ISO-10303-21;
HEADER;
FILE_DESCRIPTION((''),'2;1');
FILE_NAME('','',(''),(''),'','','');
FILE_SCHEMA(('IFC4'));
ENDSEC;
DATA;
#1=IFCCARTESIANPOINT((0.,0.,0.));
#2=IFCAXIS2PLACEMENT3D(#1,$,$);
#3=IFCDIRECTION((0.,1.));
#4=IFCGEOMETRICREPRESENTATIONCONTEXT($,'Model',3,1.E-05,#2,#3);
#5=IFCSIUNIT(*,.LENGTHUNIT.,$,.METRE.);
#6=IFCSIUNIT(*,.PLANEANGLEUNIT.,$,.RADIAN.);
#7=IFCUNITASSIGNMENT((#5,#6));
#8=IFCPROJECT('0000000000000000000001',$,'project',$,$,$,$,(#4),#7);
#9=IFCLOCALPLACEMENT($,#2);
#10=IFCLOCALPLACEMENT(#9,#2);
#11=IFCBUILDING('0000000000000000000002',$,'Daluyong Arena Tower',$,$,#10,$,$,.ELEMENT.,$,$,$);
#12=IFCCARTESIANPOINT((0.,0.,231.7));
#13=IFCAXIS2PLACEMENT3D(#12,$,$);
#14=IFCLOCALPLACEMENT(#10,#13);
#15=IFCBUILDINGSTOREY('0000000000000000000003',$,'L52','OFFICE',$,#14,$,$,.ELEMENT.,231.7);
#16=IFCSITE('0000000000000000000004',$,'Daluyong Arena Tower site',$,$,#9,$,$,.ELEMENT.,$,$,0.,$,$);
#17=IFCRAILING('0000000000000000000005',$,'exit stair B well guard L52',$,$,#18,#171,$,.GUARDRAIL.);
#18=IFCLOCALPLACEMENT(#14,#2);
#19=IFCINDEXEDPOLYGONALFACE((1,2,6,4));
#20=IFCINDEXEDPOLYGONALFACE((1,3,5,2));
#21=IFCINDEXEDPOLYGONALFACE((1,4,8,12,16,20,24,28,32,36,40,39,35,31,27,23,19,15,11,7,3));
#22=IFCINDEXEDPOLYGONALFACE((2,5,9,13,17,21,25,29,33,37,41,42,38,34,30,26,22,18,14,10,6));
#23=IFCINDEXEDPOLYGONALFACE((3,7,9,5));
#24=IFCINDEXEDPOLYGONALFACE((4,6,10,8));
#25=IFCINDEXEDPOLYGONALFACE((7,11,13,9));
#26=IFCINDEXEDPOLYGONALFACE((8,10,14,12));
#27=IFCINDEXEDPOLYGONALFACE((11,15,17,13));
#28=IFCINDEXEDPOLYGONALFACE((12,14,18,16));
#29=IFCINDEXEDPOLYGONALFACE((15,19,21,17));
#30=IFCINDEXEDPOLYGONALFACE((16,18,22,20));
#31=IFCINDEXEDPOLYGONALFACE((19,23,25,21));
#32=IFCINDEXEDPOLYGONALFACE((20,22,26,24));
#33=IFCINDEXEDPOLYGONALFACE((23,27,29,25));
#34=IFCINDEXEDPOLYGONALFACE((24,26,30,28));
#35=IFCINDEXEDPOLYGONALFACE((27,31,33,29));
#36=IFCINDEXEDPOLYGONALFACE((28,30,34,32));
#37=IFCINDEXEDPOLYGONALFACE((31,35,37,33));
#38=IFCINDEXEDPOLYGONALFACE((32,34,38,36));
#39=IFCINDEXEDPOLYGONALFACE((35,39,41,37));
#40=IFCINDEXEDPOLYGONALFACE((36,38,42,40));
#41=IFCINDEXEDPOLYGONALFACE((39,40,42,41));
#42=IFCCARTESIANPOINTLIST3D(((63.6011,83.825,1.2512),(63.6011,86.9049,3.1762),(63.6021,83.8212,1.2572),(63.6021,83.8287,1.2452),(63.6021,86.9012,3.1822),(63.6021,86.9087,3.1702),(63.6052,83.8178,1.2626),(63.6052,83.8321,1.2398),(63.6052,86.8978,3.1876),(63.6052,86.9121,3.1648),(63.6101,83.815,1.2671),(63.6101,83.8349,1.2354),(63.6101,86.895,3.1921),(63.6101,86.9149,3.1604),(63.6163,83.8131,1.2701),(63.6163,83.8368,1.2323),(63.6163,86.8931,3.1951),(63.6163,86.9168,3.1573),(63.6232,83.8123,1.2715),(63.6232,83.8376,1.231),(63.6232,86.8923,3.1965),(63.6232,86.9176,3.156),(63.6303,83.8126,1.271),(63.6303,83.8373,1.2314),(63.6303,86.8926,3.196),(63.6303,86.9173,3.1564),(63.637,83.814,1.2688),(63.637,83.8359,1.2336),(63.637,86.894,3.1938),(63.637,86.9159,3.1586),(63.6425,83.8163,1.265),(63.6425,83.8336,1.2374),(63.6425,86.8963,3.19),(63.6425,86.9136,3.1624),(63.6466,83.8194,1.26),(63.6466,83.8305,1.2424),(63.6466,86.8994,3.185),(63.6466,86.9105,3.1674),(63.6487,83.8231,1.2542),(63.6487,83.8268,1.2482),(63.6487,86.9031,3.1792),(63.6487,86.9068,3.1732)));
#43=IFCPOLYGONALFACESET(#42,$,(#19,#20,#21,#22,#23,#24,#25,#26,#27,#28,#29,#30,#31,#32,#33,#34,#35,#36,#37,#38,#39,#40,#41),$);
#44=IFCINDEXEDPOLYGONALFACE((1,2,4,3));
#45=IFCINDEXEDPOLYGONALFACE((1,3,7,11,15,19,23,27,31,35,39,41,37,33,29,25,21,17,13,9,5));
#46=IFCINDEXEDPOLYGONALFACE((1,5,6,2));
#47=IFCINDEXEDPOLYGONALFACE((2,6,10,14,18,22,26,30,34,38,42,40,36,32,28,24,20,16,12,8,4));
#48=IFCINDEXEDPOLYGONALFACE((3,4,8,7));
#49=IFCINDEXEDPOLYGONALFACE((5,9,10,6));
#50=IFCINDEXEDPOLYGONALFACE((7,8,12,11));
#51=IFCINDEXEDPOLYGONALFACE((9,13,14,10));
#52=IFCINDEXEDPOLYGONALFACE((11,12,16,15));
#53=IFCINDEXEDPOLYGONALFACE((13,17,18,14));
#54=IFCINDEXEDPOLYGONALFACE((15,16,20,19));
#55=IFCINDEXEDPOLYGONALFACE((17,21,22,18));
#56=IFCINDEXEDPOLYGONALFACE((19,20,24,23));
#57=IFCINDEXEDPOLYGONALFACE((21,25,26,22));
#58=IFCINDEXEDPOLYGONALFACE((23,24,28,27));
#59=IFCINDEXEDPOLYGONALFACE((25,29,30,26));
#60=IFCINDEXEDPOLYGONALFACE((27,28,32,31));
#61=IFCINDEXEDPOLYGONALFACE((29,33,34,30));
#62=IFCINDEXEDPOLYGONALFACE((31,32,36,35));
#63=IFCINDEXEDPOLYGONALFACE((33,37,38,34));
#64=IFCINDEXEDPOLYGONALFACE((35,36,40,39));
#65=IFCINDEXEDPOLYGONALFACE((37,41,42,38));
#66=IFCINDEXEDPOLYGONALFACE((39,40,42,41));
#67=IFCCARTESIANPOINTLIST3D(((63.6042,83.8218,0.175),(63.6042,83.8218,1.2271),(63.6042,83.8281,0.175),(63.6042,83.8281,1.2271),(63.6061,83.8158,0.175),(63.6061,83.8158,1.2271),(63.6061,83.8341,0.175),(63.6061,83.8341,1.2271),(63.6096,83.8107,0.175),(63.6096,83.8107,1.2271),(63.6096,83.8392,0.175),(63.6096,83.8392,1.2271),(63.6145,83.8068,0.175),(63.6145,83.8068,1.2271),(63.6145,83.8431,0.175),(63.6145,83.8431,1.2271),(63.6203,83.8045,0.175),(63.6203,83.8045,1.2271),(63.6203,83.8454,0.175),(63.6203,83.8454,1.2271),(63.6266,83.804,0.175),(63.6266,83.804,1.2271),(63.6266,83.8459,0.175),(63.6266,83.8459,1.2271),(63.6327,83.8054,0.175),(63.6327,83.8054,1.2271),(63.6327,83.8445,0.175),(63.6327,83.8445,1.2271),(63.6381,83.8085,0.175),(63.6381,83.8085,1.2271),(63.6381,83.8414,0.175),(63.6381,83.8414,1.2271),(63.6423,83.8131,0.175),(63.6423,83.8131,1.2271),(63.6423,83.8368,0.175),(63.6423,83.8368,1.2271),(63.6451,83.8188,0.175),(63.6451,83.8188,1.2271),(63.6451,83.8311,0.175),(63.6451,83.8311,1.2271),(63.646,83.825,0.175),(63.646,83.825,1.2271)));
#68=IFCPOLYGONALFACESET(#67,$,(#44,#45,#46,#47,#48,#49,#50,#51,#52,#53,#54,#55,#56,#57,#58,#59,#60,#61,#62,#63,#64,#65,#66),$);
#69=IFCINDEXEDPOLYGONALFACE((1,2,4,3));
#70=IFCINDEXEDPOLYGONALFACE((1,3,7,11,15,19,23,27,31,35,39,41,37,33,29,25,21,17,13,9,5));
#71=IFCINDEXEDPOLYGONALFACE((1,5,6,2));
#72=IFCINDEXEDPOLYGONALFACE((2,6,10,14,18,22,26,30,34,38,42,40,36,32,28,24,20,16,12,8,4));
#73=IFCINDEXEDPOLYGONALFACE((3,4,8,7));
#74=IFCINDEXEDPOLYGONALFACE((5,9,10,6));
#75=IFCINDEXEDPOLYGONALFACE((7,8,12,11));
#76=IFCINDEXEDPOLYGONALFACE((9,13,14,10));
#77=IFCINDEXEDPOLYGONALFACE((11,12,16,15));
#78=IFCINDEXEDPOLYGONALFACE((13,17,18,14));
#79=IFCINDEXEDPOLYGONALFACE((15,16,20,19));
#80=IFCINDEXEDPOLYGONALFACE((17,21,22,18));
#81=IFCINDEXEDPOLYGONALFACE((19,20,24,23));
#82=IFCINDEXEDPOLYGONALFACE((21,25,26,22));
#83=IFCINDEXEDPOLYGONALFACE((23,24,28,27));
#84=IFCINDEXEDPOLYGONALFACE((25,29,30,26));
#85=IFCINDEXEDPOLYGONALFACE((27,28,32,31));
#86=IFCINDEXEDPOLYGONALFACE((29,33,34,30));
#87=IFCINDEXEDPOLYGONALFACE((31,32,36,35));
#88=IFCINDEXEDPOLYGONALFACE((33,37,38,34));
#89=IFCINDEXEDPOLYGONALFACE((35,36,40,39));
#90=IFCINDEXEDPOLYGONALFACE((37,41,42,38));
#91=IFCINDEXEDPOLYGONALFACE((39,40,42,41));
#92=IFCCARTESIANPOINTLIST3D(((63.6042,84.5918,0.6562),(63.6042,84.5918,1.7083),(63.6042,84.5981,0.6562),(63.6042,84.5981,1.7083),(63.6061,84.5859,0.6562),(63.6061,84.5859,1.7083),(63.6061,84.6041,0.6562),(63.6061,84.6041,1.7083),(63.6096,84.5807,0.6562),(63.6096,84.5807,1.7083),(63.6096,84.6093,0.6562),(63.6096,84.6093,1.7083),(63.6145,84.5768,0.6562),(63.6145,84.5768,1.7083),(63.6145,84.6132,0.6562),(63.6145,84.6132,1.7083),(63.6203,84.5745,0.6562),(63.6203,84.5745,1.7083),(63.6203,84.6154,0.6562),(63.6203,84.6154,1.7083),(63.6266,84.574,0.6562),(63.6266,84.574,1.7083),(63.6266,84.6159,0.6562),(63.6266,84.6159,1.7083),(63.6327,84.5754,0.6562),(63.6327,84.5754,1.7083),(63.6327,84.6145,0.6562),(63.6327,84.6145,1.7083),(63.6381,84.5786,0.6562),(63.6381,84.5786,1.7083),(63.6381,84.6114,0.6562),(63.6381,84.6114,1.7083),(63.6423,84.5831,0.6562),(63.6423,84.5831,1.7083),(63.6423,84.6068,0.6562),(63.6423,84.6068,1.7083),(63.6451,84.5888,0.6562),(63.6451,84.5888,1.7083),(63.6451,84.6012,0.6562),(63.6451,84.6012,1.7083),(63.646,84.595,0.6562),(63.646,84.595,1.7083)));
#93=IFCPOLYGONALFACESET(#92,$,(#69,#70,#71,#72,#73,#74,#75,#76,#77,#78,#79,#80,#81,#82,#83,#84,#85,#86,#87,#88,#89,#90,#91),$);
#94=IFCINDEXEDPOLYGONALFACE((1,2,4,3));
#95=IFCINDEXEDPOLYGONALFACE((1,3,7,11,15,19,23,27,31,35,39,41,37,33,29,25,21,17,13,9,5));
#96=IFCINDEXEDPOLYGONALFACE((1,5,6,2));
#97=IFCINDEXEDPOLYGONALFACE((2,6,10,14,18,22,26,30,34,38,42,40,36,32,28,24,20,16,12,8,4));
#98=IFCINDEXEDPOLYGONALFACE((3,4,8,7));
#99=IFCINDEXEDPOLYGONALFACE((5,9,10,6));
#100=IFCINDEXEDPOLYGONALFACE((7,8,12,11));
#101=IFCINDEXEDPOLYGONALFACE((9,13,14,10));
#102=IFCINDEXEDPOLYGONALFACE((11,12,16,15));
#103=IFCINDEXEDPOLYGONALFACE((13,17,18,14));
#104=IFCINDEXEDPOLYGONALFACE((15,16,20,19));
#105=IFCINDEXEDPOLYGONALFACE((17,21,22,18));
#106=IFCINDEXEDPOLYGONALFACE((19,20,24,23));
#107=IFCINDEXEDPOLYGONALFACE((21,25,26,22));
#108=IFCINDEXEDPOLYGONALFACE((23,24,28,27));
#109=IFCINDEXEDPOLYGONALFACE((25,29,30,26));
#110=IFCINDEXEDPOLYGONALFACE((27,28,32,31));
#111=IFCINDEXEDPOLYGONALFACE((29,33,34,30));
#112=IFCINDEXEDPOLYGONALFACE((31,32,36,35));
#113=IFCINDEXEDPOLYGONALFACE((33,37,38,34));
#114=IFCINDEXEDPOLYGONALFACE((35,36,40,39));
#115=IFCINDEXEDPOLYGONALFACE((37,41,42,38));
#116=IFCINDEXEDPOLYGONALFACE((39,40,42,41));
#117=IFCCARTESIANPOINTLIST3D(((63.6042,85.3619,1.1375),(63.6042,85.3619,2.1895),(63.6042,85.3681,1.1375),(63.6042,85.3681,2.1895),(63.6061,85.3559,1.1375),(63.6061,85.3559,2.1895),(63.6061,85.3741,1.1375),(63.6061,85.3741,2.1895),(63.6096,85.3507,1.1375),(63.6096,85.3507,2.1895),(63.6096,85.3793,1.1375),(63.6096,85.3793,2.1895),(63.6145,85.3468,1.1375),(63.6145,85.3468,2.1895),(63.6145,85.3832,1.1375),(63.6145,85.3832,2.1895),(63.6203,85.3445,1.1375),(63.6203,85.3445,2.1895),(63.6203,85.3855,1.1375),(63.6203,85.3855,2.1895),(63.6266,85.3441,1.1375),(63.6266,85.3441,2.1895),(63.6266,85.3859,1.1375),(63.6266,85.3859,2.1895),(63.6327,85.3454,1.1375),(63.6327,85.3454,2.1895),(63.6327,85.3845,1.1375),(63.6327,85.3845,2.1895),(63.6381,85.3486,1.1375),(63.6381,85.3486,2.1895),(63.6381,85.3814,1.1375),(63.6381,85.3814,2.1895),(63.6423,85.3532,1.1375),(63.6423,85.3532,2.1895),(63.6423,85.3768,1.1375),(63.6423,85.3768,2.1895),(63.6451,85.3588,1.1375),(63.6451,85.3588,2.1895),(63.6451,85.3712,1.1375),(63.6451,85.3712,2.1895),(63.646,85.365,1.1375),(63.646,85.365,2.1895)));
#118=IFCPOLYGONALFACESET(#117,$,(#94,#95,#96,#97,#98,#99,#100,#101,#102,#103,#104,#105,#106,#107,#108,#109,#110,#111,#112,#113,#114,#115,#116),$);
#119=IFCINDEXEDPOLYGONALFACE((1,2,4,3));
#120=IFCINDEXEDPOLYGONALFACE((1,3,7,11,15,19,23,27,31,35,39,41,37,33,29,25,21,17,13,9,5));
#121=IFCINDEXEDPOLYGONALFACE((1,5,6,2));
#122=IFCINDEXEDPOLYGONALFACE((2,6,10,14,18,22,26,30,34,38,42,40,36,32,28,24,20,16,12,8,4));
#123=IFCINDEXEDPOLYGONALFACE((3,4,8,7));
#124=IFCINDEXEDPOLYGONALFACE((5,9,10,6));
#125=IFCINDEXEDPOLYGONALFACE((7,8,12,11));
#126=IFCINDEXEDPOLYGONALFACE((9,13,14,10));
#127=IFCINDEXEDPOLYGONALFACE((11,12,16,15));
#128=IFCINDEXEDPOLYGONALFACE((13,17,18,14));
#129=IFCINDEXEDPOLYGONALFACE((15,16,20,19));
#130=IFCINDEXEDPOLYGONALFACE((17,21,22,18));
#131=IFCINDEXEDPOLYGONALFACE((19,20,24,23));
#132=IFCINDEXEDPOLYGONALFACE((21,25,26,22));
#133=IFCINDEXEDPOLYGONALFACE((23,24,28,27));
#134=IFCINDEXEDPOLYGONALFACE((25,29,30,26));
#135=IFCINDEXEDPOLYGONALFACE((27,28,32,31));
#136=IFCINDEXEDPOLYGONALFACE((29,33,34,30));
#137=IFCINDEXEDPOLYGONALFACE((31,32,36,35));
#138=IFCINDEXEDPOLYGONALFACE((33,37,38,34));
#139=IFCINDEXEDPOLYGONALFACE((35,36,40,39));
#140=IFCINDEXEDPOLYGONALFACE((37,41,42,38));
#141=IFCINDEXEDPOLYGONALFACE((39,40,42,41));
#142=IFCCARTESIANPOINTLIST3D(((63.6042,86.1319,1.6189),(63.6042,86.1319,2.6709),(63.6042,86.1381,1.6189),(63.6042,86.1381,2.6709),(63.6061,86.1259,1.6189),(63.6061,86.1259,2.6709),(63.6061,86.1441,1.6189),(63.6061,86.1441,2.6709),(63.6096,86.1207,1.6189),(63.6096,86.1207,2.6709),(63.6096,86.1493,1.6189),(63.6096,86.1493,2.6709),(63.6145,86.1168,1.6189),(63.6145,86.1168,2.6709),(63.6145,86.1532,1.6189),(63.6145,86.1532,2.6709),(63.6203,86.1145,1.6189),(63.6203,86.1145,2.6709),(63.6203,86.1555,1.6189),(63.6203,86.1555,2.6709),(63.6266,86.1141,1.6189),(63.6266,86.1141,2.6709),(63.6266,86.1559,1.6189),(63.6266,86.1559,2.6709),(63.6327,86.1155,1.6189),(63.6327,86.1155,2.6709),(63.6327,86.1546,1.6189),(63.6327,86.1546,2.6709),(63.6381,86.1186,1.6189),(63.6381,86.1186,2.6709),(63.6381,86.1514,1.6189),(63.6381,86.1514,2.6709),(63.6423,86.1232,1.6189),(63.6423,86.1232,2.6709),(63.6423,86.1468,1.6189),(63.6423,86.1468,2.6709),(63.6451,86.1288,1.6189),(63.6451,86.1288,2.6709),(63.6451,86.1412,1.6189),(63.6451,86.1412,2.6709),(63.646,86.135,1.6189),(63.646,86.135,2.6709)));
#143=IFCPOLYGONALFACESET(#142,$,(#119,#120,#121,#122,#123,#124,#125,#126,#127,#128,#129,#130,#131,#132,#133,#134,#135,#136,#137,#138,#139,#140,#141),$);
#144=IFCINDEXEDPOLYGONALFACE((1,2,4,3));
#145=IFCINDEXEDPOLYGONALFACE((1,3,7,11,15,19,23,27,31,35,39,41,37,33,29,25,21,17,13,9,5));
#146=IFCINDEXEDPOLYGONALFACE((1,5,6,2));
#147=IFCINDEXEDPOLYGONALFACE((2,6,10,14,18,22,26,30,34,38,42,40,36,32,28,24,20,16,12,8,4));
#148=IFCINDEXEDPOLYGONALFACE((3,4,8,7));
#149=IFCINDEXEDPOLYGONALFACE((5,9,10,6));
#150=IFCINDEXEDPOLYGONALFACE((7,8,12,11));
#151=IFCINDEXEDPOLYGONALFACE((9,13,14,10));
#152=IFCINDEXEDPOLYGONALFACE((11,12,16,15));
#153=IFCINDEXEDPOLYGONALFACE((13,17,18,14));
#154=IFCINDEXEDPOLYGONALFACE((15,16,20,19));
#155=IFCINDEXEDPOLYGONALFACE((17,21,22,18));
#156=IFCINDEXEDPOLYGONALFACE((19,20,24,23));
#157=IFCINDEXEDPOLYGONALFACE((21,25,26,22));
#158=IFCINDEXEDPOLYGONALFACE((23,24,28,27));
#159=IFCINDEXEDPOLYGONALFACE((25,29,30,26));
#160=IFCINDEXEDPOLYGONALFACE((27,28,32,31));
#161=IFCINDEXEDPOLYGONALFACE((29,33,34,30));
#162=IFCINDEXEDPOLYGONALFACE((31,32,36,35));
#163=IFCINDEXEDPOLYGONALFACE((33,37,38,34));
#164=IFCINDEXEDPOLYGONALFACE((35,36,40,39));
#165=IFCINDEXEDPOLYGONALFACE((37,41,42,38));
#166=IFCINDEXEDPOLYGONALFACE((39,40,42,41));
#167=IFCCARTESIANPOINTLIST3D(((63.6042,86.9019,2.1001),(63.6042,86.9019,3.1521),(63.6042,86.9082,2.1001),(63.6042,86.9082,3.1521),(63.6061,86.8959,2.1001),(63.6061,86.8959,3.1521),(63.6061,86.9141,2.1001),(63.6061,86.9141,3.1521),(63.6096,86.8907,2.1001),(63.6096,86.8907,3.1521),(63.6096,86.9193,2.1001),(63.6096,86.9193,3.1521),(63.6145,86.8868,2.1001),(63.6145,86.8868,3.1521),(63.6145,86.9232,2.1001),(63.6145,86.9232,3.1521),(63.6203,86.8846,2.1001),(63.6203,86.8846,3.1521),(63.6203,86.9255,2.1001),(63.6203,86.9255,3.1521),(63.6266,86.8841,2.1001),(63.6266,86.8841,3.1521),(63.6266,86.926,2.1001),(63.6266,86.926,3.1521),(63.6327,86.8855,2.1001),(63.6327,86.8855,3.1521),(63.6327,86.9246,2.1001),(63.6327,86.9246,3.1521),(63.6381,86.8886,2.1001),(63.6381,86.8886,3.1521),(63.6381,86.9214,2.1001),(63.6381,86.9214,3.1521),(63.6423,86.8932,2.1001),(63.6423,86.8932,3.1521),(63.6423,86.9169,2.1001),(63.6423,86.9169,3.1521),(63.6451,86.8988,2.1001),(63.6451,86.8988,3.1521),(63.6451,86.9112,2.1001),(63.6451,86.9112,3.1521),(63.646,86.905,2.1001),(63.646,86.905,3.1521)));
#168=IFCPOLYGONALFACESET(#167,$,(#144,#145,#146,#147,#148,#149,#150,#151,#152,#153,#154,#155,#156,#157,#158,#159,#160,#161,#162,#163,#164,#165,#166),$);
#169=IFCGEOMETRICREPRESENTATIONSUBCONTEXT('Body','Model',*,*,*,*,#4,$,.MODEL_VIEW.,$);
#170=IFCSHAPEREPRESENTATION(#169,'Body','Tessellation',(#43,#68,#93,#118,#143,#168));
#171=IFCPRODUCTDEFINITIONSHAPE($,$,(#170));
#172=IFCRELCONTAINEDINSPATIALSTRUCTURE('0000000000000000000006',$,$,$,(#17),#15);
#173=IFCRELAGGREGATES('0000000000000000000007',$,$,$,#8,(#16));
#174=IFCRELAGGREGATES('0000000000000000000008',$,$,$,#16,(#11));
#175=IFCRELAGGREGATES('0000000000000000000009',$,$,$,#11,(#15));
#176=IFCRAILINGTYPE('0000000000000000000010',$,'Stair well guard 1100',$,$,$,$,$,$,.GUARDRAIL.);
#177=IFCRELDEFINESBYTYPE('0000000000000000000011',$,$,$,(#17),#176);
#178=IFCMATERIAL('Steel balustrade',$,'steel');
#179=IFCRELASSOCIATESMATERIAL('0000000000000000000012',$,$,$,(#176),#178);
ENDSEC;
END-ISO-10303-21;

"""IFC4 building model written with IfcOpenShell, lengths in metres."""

from ifc_helpers import new_model, si_unit, direction, frame, origin, origin_2d, place, context, subcontext, project, spatial, circle, extrude, material, type_object, element, save


model = new_model("IFC4")

# Units and contexts
model_context = context("Model", 3, precision=1e-05, world=origin(), true_north=direction((0.0, 1.0)))
body_context = subcontext(model_context, "Body", "Model", "MODEL_VIEW")
ifc_project = project(units=[si_unit("LENGTHUNIT", "METRE"), si_unit("PLANEANGLEUNIT", "RADIAN")], contexts=[model_context])

# Site, building, storey
site_placement = place(None, origin())
site = spatial("IfcSite", under=ifc_project, at=site_placement, Name="Daluyong Arena Tower site", CompositionType="ELEMENT", RefElevation=0.0)
building_placement = place(site_placement, origin())
building = spatial("IfcBuilding", under=site, at=building_placement, Name="Daluyong Arena Tower", CompositionType="ELEMENT")
storey_placement = place(building_placement, frame((0.0, 0.0, 231.7)))
storey = spatial("IfcBuildingStorey", under=building, at=storey_placement, Name="L52", Description="OFFICE", CompositionType="ELEMENT", Elevation=231.7)

# Railing
ifc_material_1 = material(Name="Steel balustrade", Category="steel")
railing_type_1 = type_object("IfcRailingType", Name="Stair well guard 1100", PredefinedType="GUARDRAIL", material=ifc_material_1)
railing_1_placement = place(storey_placement, frame((63.625, 83.825, 0.175)))
element("IfcRailing", 1, at=railing_1_placement, inside=storey, type_object=railing_type_1, Name="exit stair B well guard L52", PredefinedType="GUARDRAIL", context=body_context, shape_type="SweptSolid", body=[
    extrude(circle(Radius=0.0239, at=origin_2d()), frame((0.0, 0.0, 1.0762), z_axis=(0.0, 0.847998, 0.529999), x_axis=(-1.0, 0.0, 0.0)), (0.0, 0.0, 1.0), 3.6321),
    extrude(circle(Radius=0.021, at=origin_2d()), origin(), (0.0, 0.0, 1.0), 1.052),
    extrude(circle(Radius=0.021, at=origin_2d()), frame((0.0, 0.77, 0.4812)), (0.0, 0.0, 1.0), 1.052),
    extrude(circle(Radius=0.021, at=origin_2d()), frame((0.0, 1.54, 0.9624)), (0.0, 0.0, 1.0), 1.052),
    extrude(circle(Radius=0.021, at=origin_2d()), frame((0.0, 2.3101, 1.4438)), (0.0, 0.0, 1.0), 1.052),
    extrude(circle(Radius=0.021, at=origin_2d()), frame((0.0, 3.0801, 1.925)), (0.0, 0.0, 1.0), 1.052),
])

save(model, "model.ifc")
